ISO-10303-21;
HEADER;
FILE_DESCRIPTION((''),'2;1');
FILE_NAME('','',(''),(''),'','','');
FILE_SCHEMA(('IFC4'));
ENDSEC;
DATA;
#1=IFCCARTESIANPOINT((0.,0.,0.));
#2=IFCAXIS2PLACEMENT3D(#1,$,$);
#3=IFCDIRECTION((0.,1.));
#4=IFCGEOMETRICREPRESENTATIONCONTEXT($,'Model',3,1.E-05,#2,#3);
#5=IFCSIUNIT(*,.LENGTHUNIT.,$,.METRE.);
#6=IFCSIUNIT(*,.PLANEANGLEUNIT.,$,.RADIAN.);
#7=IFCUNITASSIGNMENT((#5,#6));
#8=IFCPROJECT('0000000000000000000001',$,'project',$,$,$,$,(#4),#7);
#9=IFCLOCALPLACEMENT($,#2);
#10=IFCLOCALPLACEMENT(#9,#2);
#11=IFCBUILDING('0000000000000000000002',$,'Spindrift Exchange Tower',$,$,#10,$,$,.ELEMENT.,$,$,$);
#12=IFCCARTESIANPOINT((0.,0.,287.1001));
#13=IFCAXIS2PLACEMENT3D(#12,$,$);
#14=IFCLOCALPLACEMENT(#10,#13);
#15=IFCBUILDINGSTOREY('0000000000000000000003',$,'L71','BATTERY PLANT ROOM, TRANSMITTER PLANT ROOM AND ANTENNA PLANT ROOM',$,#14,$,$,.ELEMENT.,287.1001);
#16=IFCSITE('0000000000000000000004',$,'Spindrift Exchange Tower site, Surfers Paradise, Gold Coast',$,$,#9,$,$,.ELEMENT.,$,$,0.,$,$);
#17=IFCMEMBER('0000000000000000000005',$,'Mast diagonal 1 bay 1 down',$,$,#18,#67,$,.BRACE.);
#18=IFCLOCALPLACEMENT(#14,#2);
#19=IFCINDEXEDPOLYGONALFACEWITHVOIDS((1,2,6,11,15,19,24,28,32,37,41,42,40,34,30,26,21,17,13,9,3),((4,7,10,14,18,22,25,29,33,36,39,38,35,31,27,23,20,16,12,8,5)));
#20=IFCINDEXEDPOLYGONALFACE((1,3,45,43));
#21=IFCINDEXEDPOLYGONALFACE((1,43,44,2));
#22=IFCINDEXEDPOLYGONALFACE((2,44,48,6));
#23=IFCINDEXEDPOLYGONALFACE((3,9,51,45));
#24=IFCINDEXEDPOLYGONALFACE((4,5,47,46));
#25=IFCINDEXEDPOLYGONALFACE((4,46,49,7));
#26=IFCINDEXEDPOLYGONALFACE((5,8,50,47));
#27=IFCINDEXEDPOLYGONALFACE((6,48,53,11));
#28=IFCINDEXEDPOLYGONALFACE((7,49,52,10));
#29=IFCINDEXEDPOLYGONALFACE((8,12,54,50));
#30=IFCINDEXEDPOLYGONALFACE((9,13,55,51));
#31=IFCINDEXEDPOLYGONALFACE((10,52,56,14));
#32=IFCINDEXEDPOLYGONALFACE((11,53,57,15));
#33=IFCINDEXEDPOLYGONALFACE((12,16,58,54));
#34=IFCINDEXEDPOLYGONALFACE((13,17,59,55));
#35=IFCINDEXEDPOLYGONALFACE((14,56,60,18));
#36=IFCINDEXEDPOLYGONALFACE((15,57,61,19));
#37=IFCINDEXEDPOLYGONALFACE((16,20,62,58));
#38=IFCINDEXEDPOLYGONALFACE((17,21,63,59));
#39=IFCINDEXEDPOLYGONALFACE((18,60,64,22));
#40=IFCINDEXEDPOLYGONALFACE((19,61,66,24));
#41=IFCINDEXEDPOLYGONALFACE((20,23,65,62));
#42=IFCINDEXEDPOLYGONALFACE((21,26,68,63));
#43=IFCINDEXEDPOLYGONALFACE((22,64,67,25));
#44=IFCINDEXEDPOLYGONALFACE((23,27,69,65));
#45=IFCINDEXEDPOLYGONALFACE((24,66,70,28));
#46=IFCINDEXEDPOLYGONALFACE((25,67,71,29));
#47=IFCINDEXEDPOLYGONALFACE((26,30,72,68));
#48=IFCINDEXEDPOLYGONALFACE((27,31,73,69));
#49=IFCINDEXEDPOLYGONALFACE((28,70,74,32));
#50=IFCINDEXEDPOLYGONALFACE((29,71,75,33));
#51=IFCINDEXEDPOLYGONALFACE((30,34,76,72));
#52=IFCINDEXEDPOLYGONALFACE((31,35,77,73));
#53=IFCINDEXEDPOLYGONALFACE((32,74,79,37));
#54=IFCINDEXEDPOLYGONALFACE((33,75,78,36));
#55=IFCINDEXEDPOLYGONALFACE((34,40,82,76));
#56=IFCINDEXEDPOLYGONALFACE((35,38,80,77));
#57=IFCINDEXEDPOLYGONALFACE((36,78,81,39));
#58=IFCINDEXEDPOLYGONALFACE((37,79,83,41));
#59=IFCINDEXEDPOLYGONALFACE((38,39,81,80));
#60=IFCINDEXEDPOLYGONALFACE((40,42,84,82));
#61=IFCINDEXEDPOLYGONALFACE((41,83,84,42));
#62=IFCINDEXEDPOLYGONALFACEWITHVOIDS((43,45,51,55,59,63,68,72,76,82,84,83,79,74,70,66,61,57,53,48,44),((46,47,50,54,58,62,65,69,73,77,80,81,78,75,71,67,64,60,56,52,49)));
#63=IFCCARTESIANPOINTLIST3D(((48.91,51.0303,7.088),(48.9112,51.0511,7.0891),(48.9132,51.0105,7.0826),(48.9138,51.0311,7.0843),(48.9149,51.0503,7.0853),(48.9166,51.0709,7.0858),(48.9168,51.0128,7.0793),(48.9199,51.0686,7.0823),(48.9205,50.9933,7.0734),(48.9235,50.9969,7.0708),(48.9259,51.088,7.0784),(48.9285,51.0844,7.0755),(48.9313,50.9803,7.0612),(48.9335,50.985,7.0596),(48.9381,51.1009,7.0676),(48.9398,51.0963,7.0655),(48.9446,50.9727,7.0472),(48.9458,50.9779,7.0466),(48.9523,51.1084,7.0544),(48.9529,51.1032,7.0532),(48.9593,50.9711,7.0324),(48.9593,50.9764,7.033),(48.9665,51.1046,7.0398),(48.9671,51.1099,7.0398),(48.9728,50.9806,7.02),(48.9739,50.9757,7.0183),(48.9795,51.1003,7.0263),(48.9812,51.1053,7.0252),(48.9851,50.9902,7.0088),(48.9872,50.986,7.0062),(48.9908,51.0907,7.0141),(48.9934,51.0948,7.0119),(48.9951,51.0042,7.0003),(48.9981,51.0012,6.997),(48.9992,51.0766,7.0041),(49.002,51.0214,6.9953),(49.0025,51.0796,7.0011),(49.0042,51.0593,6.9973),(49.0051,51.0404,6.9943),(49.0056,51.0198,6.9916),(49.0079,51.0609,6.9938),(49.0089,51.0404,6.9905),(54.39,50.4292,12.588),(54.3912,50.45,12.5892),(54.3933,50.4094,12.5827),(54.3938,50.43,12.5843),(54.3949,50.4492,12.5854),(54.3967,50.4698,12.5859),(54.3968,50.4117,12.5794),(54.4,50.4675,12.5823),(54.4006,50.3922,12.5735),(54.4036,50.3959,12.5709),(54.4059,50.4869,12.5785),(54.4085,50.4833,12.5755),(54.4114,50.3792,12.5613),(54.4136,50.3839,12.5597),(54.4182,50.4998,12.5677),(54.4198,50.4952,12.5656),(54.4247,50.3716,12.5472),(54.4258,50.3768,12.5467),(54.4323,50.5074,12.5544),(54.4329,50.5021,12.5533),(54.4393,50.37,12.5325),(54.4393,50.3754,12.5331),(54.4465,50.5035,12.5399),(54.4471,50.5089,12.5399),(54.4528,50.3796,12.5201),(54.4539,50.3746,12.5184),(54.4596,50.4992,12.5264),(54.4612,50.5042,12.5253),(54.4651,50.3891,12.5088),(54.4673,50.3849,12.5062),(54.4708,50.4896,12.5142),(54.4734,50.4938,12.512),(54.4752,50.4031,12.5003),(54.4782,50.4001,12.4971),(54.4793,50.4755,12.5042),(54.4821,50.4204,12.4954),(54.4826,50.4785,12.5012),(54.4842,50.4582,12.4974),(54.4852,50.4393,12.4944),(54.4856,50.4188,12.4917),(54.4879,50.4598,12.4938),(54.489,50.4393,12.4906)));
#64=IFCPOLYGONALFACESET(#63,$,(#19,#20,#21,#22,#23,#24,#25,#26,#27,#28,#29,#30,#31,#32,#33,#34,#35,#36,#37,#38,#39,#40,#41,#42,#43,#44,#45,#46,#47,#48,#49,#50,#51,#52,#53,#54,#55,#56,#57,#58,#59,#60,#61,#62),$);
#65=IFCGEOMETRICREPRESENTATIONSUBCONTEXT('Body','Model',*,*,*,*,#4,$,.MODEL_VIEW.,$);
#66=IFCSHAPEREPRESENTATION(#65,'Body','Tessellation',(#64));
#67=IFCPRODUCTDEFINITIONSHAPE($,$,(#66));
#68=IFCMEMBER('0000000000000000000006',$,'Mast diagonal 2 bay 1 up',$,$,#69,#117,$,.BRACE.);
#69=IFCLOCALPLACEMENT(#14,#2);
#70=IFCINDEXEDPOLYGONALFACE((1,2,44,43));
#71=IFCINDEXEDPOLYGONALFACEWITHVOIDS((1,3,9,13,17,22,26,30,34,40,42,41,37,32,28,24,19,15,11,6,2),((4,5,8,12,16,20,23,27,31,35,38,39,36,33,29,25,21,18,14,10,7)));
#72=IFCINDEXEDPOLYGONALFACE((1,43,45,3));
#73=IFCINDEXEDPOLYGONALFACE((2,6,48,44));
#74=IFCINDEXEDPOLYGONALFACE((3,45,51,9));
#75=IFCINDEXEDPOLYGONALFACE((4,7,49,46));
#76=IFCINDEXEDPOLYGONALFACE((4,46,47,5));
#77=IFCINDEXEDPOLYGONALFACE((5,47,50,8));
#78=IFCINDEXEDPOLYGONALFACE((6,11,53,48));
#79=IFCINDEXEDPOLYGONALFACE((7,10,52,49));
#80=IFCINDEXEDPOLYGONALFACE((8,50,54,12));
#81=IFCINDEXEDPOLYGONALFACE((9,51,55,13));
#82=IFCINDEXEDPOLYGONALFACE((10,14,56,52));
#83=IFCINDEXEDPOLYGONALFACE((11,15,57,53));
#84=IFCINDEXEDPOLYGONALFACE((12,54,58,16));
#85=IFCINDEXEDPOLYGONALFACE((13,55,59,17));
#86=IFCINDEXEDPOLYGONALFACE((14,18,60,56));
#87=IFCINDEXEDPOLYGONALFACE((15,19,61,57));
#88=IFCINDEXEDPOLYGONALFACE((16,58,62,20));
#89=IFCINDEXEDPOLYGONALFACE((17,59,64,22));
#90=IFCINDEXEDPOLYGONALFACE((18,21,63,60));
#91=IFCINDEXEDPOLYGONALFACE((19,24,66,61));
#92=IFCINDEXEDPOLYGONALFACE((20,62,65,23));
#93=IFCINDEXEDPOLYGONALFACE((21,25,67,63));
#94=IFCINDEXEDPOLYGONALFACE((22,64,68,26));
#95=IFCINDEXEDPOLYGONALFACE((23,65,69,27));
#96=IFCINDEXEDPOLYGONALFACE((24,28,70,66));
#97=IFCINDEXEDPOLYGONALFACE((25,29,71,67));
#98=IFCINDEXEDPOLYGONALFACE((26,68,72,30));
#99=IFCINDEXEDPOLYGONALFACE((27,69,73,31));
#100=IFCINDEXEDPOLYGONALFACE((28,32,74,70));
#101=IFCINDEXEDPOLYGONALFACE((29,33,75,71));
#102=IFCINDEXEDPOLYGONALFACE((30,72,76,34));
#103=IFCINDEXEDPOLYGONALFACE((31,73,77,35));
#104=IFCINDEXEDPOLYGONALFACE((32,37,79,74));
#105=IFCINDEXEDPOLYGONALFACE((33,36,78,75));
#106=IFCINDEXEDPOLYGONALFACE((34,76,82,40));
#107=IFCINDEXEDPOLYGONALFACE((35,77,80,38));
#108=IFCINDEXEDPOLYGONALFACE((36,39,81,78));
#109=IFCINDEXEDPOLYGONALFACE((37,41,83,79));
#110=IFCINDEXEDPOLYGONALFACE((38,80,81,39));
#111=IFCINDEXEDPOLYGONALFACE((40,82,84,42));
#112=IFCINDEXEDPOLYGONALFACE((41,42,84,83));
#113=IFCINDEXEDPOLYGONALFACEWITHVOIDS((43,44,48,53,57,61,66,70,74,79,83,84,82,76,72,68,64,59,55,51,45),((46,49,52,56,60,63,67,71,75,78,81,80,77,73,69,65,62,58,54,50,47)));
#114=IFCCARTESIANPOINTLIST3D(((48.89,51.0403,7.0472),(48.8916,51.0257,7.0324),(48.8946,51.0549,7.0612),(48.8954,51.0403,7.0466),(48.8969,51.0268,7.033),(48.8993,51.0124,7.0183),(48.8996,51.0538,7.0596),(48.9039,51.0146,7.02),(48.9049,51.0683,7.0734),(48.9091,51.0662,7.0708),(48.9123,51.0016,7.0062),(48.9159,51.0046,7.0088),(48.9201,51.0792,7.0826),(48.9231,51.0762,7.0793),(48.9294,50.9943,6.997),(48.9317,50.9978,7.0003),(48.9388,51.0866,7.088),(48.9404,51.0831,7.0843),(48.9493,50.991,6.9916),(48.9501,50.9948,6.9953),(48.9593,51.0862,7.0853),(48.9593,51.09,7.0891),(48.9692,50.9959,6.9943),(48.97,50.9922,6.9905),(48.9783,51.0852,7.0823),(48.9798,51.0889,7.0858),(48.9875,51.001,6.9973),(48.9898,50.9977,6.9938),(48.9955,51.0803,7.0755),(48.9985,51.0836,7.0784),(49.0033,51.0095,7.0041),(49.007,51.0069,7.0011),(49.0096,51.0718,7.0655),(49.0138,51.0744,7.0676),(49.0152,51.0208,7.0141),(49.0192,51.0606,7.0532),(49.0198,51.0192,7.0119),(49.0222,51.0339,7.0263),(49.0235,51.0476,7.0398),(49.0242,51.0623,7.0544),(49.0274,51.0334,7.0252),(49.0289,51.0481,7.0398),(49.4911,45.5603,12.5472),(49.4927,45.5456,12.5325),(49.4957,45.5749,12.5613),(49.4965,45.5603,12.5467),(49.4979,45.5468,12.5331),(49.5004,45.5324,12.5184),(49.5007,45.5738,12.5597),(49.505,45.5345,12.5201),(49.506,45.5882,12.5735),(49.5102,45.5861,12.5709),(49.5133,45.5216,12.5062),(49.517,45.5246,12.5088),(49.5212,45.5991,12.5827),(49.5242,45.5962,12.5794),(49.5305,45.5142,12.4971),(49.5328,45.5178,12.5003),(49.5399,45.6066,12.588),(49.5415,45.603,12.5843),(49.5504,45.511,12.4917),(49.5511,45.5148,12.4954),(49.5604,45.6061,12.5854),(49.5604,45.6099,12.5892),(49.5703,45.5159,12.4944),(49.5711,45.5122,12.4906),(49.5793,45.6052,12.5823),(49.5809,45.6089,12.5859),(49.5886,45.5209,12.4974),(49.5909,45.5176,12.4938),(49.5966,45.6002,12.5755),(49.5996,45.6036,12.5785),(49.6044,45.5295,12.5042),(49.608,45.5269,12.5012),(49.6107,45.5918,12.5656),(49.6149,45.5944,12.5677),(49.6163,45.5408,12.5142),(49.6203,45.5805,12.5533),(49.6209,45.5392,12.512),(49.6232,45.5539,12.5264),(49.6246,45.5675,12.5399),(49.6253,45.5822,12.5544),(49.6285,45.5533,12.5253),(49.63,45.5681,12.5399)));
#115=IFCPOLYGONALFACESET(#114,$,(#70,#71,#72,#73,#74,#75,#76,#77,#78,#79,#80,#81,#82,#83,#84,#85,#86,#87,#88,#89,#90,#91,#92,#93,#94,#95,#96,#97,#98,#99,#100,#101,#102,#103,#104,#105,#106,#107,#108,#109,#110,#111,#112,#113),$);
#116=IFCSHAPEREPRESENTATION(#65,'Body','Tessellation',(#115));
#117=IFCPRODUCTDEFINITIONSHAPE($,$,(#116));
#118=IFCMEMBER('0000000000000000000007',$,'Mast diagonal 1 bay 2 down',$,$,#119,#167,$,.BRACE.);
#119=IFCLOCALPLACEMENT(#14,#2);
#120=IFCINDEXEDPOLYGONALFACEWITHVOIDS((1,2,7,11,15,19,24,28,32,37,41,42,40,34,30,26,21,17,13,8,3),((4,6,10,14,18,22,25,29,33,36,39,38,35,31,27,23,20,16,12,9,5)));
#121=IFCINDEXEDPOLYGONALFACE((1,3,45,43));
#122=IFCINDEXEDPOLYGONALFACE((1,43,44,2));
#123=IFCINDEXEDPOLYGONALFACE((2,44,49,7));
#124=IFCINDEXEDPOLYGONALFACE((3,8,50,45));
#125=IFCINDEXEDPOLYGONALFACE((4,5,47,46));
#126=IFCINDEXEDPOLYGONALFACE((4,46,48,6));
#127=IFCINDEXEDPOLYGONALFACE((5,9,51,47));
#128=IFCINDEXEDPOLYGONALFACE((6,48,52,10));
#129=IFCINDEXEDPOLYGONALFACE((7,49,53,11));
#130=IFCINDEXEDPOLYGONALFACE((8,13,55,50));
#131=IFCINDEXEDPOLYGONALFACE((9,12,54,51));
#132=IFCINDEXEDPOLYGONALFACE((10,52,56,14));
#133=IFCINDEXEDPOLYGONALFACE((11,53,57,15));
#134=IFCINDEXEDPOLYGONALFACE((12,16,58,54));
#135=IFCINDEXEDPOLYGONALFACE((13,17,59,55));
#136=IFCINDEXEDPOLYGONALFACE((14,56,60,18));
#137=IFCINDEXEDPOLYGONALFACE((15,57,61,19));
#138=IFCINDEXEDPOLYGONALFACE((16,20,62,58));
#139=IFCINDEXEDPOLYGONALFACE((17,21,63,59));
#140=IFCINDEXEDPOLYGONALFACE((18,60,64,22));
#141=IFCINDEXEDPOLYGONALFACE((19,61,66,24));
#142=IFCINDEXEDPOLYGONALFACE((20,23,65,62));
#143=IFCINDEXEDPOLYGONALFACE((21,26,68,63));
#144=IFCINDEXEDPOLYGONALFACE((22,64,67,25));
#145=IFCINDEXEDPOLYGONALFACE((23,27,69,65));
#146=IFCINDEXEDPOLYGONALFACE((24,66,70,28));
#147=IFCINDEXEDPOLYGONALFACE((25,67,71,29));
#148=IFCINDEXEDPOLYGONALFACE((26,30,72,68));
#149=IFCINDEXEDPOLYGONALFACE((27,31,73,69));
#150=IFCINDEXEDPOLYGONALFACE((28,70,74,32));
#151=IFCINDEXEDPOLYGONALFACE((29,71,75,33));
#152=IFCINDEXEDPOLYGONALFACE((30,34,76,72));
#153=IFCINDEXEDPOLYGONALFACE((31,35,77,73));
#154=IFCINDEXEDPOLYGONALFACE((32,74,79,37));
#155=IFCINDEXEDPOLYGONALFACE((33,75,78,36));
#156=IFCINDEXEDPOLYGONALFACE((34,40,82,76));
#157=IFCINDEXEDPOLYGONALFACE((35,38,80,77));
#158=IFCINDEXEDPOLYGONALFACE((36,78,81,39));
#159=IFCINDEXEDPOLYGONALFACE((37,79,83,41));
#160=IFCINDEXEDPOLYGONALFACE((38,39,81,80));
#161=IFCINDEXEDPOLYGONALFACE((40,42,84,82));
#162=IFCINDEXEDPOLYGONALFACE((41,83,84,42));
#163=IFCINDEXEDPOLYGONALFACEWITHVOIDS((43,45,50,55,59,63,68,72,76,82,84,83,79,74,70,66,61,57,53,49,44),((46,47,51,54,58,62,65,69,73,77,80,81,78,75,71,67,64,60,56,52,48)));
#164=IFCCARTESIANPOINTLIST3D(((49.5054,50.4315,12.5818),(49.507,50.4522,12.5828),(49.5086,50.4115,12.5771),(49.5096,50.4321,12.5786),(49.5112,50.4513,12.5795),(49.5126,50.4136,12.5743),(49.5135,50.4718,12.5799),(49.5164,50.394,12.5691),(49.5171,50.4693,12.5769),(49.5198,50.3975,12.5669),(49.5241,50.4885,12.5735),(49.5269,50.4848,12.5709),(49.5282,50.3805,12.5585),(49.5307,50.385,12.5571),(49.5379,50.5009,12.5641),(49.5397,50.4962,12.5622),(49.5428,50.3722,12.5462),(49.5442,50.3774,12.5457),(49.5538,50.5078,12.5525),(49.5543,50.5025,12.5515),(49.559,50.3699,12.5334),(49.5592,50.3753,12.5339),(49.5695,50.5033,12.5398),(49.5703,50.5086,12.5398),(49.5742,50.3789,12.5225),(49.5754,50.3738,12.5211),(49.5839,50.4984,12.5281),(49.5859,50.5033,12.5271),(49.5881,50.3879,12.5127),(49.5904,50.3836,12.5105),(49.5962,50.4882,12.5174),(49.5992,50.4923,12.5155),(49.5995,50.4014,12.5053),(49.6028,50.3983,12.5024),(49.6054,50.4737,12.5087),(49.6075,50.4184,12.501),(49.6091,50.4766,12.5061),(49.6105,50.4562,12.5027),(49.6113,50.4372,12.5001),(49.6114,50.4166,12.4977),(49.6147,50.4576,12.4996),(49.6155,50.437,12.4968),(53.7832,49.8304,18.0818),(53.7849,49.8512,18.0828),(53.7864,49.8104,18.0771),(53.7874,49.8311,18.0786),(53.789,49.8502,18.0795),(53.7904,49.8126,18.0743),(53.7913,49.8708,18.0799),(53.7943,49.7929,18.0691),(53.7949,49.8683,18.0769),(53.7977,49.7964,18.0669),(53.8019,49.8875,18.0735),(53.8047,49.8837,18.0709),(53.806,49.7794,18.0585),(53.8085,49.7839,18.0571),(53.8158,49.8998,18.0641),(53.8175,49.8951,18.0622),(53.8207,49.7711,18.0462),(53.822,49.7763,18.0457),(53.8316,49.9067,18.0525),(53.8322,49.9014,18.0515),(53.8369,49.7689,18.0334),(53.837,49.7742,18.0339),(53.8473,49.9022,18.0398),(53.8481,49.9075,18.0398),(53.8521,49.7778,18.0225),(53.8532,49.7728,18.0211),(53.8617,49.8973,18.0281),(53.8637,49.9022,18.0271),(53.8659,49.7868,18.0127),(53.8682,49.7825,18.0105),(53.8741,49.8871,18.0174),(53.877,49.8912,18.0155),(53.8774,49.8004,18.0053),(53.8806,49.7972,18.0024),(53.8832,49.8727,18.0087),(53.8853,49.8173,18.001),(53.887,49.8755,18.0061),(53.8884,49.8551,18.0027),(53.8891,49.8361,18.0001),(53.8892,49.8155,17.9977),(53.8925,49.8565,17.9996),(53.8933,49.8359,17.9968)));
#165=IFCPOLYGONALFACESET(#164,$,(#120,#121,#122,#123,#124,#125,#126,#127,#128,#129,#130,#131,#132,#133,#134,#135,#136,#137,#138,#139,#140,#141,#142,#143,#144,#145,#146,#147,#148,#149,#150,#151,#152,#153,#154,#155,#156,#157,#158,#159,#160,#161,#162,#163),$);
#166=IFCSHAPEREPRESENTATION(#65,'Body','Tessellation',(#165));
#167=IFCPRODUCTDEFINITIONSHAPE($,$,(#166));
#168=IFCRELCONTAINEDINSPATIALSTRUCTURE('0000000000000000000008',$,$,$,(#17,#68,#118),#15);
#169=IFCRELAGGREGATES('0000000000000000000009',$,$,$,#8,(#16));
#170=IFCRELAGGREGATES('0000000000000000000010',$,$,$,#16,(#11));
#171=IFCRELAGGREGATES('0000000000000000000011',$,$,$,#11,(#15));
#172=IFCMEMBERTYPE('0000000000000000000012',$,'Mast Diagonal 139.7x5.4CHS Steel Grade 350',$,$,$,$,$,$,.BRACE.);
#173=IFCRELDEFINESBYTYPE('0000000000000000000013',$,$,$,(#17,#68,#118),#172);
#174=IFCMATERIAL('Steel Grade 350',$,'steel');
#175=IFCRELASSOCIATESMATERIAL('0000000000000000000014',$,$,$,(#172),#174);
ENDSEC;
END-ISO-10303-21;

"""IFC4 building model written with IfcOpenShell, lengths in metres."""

from ifc_helpers import new_model, si_unit, direction, frame, origin, origin_2d, place, context, subcontext, project, spatial, hollow_circle, extrude, source, transform, mapped, material, material_profile, profile_set, type_object, element, save


model = new_model("IFC4")

# Units and contexts
model_context = context("Model", 3, precision=1e-05, world=origin(), true_north=direction((0.0, 1.0)))
body_context = subcontext(model_context, "Body", "Model", "MODEL_VIEW")
ifc_project = project(units=[si_unit("LENGTHUNIT", "METRE"), si_unit("PLANEANGLEUNIT", "RADIAN")], contexts=[model_context])

# Site, building, storey
site_placement = place(None, origin())
site = spatial("IfcSite", under=ifc_project, at=site_placement, Name="Spindrift Exchange Tower site, Surfers Paradise, Gold Coast", CompositionType="ELEMENT", RefElevation=0.0)
building_placement = place(site_placement, origin())
building = spatial("IfcBuilding", under=site, at=building_placement, Name="Spindrift Exchange Tower", CompositionType="ELEMENT")
storey_placement = place(building_placement, frame((0.0, 0.0, 287.1001)))
storey = spatial("IfcBuildingStorey", under=building, at=storey_placement, Name="L71", Description="BATTERY PLANT ROOM, TRANSMITTER PLANT ROOM AND ANTENNA PLANT ROOM", CompositionType="ELEMENT", Elevation=287.1001)

# Members
ifc_material_1 = material(Name="Steel Grade 350", Category="steel")
ifc_material_profile_1 = material_profile(ifc_material_1, hollow_circle(Radius=0.0698, WallThickness=0.0054, at=origin_2d()), Name="139.7x5.4CHS")
ifc_profile_set_1 = profile_set([ifc_material_profile_1], Name="Steel Grade 350")
member_type_1 = type_object("IfcMemberType", Name="Mast Diagonal 139.7x5.4CHS Steel Grade 350", PredefinedType="BRACE", material=ifc_profile_set_1)
shared_shape_1 = source(origin(), body_context, "Body", "SweptSolid", [
    extrude(hollow_circle(Radius=0.0698, WallThickness=0.0054, at=origin_2d()), origin(), (0.0, 0.0, 1.0), 7.7874),
])
for number, where, z_axis, x_axis, name in (
    (1, (48.9595, 51.0405, 7.0398), (0.703711, -0.077187, 0.706281), (0.109032, 0.994038, 0.0), "Mast diagonal 1 bay 1 down"),
    (2, (48.9595, 51.0405, 7.0398), (0.077187, -0.703711, 0.706281), (0.994038, 0.109032, 0.0), "Mast diagonal 2 bay 1 up"),
):
    element("IfcMember", number, at=place(storey_placement, frame(where, z_axis=z_axis, x_axis=x_axis)), inside=storey, type_object=member_type_1, Name=name, PredefinedType="BRACE", context=body_context, shape_type="MappedRepresentation", body=[
        mapped(shared_shape_1, transform((0.0, 0.0, 0.0), scale=1.0)),
    ])
shared_shape_2 = source(origin(), body_context, "Body", "SweptSolid", [
    extrude(hollow_circle(Radius=0.0698, WallThickness=0.0054, at=origin_2d()), origin(), (0.0, 0.0, 1.0), 6.9937),
])
for number, where, z_axis, x_axis, name in (
    (3, (49.5605, 50.4395, 12.5398), (0.611674, -0.085946, 0.786428), (0.139142, 0.990272, 0.0), "Mast diagonal 1 bay 2 down"),
):
    element("IfcMember", number, at=place(storey_placement, frame(where, z_axis=z_axis, x_axis=x_axis)), inside=storey, type_object=member_type_1, Name=name, PredefinedType="BRACE", context=body_context, shape_type="MappedRepresentation", body=[
        mapped(shared_shape_2, transform((0.0, 0.0, 0.0), scale=1.0)),
    ])

save(model, "model.ifc")
